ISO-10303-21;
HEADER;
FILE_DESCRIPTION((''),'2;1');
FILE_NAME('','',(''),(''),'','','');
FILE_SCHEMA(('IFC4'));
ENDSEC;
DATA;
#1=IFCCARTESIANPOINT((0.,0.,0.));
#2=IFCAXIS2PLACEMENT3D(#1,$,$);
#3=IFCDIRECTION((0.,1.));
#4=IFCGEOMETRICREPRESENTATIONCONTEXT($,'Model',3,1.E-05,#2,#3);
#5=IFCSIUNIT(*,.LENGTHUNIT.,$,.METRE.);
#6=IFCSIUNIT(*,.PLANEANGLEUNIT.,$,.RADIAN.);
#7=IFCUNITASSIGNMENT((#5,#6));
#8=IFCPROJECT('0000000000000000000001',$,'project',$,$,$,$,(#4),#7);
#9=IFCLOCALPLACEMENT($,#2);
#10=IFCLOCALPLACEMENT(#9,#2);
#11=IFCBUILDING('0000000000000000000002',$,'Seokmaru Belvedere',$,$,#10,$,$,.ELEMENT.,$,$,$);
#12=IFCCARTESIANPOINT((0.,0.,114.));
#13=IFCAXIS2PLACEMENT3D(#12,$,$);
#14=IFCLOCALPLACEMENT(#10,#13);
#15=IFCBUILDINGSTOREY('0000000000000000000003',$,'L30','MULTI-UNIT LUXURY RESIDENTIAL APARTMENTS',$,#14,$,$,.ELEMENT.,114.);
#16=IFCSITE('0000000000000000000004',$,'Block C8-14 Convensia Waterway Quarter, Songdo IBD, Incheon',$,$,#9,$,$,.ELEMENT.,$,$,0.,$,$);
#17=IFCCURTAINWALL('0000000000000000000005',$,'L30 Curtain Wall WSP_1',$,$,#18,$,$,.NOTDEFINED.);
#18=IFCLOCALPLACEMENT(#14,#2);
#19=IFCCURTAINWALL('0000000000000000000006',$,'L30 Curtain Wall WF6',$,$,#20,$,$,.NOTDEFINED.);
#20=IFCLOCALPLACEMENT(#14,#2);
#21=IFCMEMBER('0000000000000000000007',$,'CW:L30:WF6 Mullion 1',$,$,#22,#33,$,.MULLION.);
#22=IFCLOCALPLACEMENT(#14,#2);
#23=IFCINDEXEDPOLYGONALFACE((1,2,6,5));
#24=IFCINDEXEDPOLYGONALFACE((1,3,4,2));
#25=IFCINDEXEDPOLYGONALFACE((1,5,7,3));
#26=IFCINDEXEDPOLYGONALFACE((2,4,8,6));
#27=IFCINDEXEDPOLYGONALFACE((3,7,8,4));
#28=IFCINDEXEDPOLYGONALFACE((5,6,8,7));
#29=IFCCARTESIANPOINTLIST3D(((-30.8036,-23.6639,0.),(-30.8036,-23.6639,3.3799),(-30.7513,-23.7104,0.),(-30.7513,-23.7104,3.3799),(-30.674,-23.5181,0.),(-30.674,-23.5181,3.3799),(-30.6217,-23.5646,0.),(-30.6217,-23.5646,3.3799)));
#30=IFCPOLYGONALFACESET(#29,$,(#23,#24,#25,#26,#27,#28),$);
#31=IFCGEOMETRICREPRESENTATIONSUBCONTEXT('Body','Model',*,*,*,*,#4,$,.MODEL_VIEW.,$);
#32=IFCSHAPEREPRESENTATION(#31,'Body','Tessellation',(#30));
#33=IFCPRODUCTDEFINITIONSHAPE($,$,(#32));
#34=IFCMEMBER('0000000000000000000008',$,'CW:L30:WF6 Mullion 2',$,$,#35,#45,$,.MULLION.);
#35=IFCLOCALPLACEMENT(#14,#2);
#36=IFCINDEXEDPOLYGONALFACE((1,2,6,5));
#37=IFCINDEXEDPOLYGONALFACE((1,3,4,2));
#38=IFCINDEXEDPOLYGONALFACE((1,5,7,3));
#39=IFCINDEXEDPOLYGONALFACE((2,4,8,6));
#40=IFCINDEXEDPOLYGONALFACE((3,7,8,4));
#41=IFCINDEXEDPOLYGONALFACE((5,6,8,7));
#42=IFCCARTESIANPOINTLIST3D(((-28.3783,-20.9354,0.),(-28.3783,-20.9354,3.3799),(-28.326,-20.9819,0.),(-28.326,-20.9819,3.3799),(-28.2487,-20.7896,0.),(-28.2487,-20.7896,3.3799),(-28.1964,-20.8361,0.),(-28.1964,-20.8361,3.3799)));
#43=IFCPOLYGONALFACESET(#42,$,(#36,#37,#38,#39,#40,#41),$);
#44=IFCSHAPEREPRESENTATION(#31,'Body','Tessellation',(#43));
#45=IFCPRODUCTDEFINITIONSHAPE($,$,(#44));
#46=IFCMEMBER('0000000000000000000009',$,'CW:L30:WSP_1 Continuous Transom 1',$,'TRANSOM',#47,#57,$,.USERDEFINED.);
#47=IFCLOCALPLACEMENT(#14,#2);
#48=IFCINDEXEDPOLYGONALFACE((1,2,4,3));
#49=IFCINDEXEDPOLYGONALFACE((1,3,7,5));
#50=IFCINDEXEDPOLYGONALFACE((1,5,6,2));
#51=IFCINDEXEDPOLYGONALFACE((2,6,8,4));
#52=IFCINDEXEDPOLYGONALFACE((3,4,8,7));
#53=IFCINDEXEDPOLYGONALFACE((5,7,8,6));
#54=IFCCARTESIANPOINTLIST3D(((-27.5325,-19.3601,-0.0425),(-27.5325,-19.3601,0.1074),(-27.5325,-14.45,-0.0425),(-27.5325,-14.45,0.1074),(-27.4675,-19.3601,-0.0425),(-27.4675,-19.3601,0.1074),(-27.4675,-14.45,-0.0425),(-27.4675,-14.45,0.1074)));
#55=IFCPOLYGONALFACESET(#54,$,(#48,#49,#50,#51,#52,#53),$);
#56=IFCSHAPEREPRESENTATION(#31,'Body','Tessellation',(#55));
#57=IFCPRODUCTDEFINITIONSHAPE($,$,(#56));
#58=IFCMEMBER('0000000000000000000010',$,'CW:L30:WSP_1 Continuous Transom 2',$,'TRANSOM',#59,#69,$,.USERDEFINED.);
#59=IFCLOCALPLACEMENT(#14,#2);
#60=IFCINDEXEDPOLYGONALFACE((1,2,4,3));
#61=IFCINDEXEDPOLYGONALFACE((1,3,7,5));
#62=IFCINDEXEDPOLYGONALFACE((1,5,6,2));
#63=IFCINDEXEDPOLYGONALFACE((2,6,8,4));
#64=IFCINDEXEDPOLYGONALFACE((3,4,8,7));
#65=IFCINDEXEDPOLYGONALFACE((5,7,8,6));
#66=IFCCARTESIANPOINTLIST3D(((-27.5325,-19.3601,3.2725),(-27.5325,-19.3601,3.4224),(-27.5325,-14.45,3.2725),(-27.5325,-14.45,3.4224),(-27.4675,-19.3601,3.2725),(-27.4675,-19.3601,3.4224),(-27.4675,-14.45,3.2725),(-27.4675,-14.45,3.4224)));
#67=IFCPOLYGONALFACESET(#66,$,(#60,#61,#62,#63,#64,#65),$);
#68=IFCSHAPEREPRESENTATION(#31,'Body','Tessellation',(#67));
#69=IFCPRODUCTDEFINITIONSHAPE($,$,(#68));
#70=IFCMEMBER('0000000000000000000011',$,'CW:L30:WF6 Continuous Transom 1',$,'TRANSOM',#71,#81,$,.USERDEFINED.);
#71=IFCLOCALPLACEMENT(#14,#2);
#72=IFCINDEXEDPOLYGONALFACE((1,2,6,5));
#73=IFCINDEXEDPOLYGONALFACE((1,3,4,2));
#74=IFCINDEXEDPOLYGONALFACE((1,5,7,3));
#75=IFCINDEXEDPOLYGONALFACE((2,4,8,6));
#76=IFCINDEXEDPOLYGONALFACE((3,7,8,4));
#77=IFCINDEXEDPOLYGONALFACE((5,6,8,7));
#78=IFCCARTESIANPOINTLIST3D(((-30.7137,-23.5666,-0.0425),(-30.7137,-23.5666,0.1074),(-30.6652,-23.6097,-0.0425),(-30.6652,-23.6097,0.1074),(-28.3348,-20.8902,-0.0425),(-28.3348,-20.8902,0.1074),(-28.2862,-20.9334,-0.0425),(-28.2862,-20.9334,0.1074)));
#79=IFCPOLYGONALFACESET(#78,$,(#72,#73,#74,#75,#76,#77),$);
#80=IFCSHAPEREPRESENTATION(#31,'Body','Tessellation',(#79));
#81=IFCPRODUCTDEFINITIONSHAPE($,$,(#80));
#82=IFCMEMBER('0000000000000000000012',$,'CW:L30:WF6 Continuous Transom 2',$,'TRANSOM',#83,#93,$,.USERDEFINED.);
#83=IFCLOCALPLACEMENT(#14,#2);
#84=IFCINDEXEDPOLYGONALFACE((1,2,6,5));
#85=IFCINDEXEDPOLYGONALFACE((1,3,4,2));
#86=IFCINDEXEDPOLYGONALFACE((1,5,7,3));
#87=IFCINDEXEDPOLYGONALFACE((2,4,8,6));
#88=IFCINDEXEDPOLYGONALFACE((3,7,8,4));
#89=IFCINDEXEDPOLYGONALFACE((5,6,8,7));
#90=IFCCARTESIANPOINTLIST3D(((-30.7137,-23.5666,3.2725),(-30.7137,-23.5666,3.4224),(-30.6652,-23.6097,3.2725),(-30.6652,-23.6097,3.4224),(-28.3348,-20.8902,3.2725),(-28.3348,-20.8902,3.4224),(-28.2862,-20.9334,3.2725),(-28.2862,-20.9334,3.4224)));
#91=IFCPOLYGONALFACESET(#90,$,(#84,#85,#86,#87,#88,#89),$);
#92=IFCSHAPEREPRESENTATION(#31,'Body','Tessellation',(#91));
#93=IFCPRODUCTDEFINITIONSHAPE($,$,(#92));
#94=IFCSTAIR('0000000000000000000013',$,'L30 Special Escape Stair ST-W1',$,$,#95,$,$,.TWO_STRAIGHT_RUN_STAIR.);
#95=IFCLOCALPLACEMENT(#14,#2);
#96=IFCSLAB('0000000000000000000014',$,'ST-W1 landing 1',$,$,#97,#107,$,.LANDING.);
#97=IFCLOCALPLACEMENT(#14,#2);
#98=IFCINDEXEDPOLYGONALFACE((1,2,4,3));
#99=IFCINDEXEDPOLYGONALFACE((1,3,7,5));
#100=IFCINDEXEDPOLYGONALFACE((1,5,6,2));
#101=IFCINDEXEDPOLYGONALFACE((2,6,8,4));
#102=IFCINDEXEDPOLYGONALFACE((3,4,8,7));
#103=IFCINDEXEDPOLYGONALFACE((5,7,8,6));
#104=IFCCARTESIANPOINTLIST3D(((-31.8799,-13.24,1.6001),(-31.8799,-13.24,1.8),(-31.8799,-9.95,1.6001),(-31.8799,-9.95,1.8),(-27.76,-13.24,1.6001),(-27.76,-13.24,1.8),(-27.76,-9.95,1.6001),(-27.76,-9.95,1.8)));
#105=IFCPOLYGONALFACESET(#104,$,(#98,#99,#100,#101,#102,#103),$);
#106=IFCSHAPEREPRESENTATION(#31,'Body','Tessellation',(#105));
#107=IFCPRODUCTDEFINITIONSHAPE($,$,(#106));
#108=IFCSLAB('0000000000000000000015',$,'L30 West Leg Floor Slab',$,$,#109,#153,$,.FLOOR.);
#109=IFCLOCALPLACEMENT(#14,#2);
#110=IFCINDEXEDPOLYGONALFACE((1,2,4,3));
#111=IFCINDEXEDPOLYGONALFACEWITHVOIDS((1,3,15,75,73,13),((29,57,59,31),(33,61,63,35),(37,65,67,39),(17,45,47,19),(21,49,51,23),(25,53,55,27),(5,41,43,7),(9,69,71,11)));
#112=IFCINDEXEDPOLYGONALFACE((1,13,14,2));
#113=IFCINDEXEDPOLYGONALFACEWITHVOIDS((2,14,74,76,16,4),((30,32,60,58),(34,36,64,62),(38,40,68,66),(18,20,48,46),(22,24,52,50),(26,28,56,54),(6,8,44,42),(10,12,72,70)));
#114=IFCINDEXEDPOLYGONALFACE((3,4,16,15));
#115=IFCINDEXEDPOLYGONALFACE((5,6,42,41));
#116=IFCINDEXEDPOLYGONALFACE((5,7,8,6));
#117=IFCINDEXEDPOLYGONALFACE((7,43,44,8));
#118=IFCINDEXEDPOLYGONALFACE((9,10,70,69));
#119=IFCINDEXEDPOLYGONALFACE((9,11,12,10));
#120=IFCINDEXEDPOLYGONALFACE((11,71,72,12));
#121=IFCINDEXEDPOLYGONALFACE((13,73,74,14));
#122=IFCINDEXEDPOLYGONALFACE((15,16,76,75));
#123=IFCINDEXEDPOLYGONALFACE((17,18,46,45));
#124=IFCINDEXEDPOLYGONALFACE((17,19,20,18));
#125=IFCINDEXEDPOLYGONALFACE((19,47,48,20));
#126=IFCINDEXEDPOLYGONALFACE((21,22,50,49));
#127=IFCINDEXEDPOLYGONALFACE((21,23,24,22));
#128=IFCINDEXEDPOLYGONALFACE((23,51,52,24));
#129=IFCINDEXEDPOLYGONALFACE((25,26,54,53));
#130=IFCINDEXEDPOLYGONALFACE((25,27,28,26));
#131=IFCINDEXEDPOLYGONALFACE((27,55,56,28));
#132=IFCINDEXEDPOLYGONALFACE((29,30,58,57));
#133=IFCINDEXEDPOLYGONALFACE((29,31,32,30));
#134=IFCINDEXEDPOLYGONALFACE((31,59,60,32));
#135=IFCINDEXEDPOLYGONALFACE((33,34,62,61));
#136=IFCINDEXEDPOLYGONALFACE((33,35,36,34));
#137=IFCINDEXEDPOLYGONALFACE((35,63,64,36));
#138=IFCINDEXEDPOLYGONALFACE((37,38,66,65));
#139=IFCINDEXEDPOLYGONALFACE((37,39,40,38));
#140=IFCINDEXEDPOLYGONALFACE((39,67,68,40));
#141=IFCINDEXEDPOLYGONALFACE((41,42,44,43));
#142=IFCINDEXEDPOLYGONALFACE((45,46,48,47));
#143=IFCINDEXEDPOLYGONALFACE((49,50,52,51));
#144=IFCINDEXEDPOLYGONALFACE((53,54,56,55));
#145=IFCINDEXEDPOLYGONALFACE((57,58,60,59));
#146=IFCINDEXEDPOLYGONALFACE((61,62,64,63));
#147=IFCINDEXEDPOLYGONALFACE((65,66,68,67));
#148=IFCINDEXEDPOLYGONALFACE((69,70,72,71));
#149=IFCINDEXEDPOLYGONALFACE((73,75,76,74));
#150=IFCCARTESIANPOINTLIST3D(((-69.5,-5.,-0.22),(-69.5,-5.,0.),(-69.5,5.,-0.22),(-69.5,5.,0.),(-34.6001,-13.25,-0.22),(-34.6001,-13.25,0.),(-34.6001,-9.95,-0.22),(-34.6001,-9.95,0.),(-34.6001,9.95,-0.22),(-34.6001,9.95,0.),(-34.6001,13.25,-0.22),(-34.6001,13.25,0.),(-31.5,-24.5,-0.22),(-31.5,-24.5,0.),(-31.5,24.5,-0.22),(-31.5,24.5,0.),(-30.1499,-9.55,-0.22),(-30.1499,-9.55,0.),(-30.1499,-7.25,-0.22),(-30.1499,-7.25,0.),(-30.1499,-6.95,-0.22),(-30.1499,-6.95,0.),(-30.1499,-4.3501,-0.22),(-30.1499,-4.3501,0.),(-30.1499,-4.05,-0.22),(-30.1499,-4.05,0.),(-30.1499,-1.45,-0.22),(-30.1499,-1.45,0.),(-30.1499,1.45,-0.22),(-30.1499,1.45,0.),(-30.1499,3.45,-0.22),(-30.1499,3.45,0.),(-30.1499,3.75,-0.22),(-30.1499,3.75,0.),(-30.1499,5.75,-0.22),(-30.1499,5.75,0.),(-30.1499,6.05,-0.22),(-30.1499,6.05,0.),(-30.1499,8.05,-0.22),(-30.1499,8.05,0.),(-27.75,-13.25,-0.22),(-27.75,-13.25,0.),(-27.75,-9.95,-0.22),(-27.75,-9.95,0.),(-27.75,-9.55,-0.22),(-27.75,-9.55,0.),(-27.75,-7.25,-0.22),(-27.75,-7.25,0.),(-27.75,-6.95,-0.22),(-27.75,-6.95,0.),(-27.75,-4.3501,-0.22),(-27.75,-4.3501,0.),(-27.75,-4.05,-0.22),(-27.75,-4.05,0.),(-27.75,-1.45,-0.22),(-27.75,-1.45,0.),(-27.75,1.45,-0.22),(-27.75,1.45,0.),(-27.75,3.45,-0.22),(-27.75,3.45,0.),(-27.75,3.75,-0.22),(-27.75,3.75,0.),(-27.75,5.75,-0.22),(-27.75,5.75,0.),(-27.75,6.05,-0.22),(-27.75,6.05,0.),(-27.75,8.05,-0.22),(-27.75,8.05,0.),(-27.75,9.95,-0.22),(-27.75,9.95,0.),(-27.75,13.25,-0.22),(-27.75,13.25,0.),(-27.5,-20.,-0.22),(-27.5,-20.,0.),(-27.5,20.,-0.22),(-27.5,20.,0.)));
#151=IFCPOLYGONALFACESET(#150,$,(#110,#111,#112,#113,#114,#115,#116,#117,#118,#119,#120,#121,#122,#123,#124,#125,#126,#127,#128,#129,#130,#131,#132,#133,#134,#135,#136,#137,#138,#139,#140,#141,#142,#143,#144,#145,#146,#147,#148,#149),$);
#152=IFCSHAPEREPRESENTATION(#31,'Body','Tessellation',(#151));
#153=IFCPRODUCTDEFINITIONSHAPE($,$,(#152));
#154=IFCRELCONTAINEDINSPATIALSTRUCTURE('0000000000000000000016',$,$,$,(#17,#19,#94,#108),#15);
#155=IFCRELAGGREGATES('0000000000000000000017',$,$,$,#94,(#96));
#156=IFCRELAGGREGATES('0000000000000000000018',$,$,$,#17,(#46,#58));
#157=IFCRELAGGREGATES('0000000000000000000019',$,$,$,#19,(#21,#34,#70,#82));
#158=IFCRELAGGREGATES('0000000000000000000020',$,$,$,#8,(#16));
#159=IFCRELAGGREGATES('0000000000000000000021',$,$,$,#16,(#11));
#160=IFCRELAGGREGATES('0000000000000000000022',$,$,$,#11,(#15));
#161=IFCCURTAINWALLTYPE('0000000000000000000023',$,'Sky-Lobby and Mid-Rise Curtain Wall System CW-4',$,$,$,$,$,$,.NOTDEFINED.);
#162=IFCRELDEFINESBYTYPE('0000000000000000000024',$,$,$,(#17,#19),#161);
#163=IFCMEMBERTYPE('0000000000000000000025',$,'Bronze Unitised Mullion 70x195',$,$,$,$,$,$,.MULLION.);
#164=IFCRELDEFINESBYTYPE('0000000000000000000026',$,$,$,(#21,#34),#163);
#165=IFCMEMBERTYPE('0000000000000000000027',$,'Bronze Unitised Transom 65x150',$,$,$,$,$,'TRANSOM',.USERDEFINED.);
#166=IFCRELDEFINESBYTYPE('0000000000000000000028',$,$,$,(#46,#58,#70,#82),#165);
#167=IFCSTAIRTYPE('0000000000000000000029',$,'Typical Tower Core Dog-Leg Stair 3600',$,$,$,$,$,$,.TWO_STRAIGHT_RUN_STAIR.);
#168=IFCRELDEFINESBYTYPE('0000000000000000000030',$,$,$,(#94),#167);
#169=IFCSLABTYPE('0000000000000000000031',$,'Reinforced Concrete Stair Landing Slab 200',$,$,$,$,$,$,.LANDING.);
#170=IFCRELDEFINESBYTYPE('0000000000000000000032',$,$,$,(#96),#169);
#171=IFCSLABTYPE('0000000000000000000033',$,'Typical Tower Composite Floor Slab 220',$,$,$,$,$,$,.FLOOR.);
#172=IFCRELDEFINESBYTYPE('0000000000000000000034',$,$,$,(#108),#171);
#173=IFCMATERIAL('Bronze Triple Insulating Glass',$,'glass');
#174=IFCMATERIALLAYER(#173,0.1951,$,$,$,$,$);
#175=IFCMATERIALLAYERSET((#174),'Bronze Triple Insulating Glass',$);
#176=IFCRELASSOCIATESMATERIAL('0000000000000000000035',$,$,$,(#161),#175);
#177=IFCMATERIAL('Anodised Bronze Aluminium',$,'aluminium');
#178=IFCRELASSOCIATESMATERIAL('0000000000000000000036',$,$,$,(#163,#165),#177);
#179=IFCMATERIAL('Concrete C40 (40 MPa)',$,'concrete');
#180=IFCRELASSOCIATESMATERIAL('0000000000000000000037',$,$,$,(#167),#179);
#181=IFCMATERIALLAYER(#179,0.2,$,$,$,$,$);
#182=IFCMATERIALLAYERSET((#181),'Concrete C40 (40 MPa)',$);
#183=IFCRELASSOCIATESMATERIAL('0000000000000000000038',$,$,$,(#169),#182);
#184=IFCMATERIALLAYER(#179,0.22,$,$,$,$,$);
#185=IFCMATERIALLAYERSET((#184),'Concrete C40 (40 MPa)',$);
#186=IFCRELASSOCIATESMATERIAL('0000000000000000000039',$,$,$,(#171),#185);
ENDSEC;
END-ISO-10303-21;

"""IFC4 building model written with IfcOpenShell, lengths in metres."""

from ifc_helpers import new_model, si_unit, direction, frame, origin, origin_2d, place, context, subcontext, project, spatial, polyline, rectangle, outline, extrude, source, transform, mapped, material, layer, layer_set, material_profile, profile_set, type_object, type_shapes, element, aggregate, save


model = new_model("IFC4")

# Units and contexts
model_context = context("Model", 3, precision=1e-05, world=origin(), true_north=direction((0.0, 1.0)))
body_context = subcontext(model_context, "Body", "Model", "MODEL_VIEW")
ifc_project = project(units=[si_unit("LENGTHUNIT", "METRE"), si_unit("PLANEANGLEUNIT", "RADIAN")], contexts=[model_context])

# Site, building, storey
site_placement = place(None, origin())
site = spatial("IfcSite", under=ifc_project, at=site_placement, Name="Block C8-14 Convensia Waterway Quarter, Songdo IBD, Incheon", CompositionType="ELEMENT", RefElevation=0.0)
building_placement = place(site_placement, origin())
building = spatial("IfcBuilding", under=site, at=building_placement, Name="Seokmaru Belvedere", CompositionType="ELEMENT")
storey_placement = place(building_placement, frame((0.0, 0.0, 114.0)))
storey = spatial("IfcBuildingStorey", under=building, at=storey_placement, Name="L30", Description="MULTI-UNIT LUXURY RESIDENTIAL APARTMENTS", CompositionType="ELEMENT", Elevation=114.0)

# Curtain walls, members
ifc_material_1 = material(Name="Bronze Triple Insulating Glass", Category="glass")
ifc_layer_1 = layer(ifc_material_1, 0.1951)
ifc_layer_set_1 = layer_set([ifc_layer_1], Name="Bronze Triple Insulating Glass")
curtain_wall_type = type_object("IfcCurtainWallType", Name="Sky-Lobby and Mid-Rise Curtain Wall System CW-4", PredefinedType="NOTDEFINED", material=ifc_layer_set_1)
curtain_wall_1_placement = place(storey_placement, origin())
curtain_wall_1 = element("IfcCurtainWall", 1, at=curtain_wall_1_placement, inside=storey, type_object=curtain_wall_type, Name="L30 Curtain Wall WSP_1", PredefinedType="NOTDEFINED")
ifc_material_2 = material(Name="Anodised Bronze Aluminium", Category="aluminium")
ifc_material_profile_1 = material_profile(ifc_material_2, rectangle(XDim=0.0701, YDim=0.1951, at=origin_2d()), Name="CW-M-70x195")
ifc_profile_set_1 = profile_set([ifc_material_profile_1], Name="Anodised Bronze Aluminium")
member_type_1 = type_object("IfcMemberType", Name="Bronze Unitised Mullion 70x195", PredefinedType="MULLION", material=ifc_profile_set_1)
shared_shape_1 = source(origin(), body_context, "Body", "SweptSolid", [
    extrude(rectangle(XDim=0.0701, YDim=0.1951, at=origin_2d()), origin(), (0.0, 0.0, 1.0), 3.3799),
])
type_shapes(member_type_1, [shared_shape_1])
curtain_wall_2_placement = place(storey_placement, origin())
curtain_wall_2 = element("IfcCurtainWall", 2, at=curtain_wall_2_placement, inside=storey, type_object=curtain_wall_type, Name="L30 Curtain Wall WF6", PredefinedType="NOTDEFINED")
member_1_placement = place(storey_placement, frame((-30.7126, -23.6143, 0.0), z_axis=(0.0, 0.0, 1.0), x_axis=(-0.74741, 0.664363, 0.0)))
member_1 = element("IfcMember", 3, at=member_1_placement, type_object=member_type_1, Name="CW:L30:WF6 Mullion 1", PredefinedType="MULLION", context=body_context, shape_type="MappedRepresentation", body=[
    mapped(shared_shape_1, transform((0.0, 0.0, 0.0), scale=1.0)),
])
member_2_placement = place(storey_placement, frame((-28.2874, -20.8857, 0.0), z_axis=(0.0, 0.0, 1.0), x_axis=(-0.74741, 0.664363, 0.0)))
member_2 = element("IfcMember", 4, at=member_2_placement, type_object=member_type_1, Name="CW:L30:WF6 Mullion 2", PredefinedType="MULLION", context=body_context, shape_type="MappedRepresentation", body=[
    mapped(shared_shape_1, transform((0.0, 0.0, 0.0), scale=1.0)),
])

# Members
ifc_material_profile_2 = material_profile(ifc_material_2, rectangle(XDim=0.0649, YDim=0.1499, at=origin_2d()), Name="CW-T-65x150")
ifc_profile_set_2 = profile_set([ifc_material_profile_2], Name="Anodised Bronze Aluminium")
member_type_2 = type_object("IfcMemberType", Name="Bronze Unitised Transom 65x150", ElementType="TRANSOM", PredefinedType="USERDEFINED", material=ifc_profile_set_2)
shared_shape_2 = source(origin(), body_context, "Body", "SweptSolid", [
    extrude(rectangle(XDim=0.0649, YDim=0.1499, at=origin_2d()), origin(), (0.0, 0.0, 1.0), 4.9102),
])
member_3_placement = place(storey_placement, frame((-27.5, -19.3601, 0.0325), z_axis=(0.0, 1.0, 0.0), x_axis=(-1.0, 0.0, 0.0)))
member_3 = element("IfcMember", 5, at=member_3_placement, type_object=member_type_2, Name="CW:L30:WSP_1 Continuous Transom 1", ObjectType="TRANSOM", PredefinedType="USERDEFINED", context=body_context, shape_type="MappedRepresentation", body=[
    mapped(shared_shape_2, transform((0.0, 0.0, 0.0), scale=1.0)),
])
member_4_placement = place(storey_placement, frame((-27.5, -19.3601, 3.3474), z_axis=(0.0, 1.0, 0.0), x_axis=(-1.0, 0.0, 0.0)))
member_4 = element("IfcMember", 6, at=member_4_placement, type_object=member_type_2, Name="CW:L30:WSP_1 Continuous Transom 2", ObjectType="TRANSOM", PredefinedType="USERDEFINED", context=body_context, shape_type="MappedRepresentation", body=[
    mapped(shared_shape_2, transform((0.0, 0.0, 0.0), scale=1.0)),
])
shared_shape_3 = source(origin(), body_context, "Body", "SweptSolid", [
    extrude(rectangle(XDim=0.0649, YDim=0.1499, at=origin_2d()), origin(), (0.0, 0.0, 1.0), 3.5808),
])
type_shapes(member_type_2, [shared_shape_2, shared_shape_3])
member_5_placement = place(storey_placement, frame((-30.6895, -23.5881, 0.0325), z_axis=(0.664364, 0.747409, 0.0), x_axis=(-0.747409, 0.664364, 0.0)))
member_5 = element("IfcMember", 7, at=member_5_placement, type_object=member_type_2, Name="CW:L30:WF6 Continuous Transom 1", ObjectType="TRANSOM", PredefinedType="USERDEFINED", context=body_context, shape_type="MappedRepresentation", body=[
    mapped(shared_shape_3, transform((0.0, 0.0, 0.0), scale=1.0)),
])
member_6_placement = place(storey_placement, frame((-30.6895, -23.5881, 3.3474), z_axis=(0.664364, 0.747409, 0.0), x_axis=(-0.747409, 0.664364, 0.0)))
member_6 = element("IfcMember", 8, at=member_6_placement, type_object=member_type_2, Name="CW:L30:WF6 Continuous Transom 2", ObjectType="TRANSOM", PredefinedType="USERDEFINED", context=body_context, shape_type="MappedRepresentation", body=[
    mapped(shared_shape_3, transform((0.0, 0.0, 0.0), scale=1.0)),
])

# Stair, slab
ifc_material_3 = material(Name="Concrete C40 (40 MPa)", Category="concrete")
stair_type = type_object("IfcStairType", Name="Typical Tower Core Dog-Leg Stair 3600", PredefinedType="TWO_STRAIGHT_RUN_STAIR", material=ifc_material_3)
stair_placement = place(storey_placement, origin())
stair = element("IfcStair", 9, at=stair_placement, inside=storey, type_object=stair_type, Name="L30 Special Escape Stair ST-W1", PredefinedType="TWO_STRAIGHT_RUN_STAIR")
ifc_layer_2 = layer(ifc_material_3, 0.2)
ifc_layer_set_2 = layer_set([ifc_layer_2], Name="Concrete C40 (40 MPa)")
slab_type_1 = type_object("IfcSlabType", Name="Reinforced Concrete Stair Landing Slab 200", PredefinedType="LANDING", material=ifc_layer_set_2)
slab_1_placement = place(storey_placement, frame((0.0, 0.0, 1.6001)))
slab_1 = element("IfcSlab", 10, at=slab_1_placement, type_object=slab_type_1, Name="ST-W1 landing 1", PredefinedType="LANDING", context=body_context, shape_type="SweptSolid", body=[
    extrude(outline(polyline([(-31.8799, -13.24), (-27.76, -13.24), (-27.76, -9.95), (-31.8799, -9.95), (-31.8799, -13.24)])), origin(), (0.0, 0.0, 1.0), 0.2),
])
aggregate(stair, [slab_1])

# Slab
ifc_layer_3 = layer(ifc_material_3, 0.22)
ifc_layer_set_3 = layer_set([ifc_layer_3], Name="Concrete C40 (40 MPa)")
slab_type_2 = type_object("IfcSlabType", Name="Typical Tower Composite Floor Slab 220", PredefinedType="FLOOR", material=ifc_layer_set_3)
slab_2_placement = place(storey_placement, frame((0.0, 0.0, -0.22)))
element("IfcSlab", 11, at=slab_2_placement, inside=storey, type_object=slab_type_2, Name="L30 West Leg Floor Slab", PredefinedType="FLOOR", context=body_context, shape_type="SweptSolid", body=[
    extrude(outline(polyline([(-27.5, -20.0), (-27.5, 20.0), (-31.5, 24.5), (-69.5, 5.0), (-69.5, -5.0), (-31.5, -24.5), (-27.5, -20.0)]), holes=[polyline([(-34.6001, -13.25), (-27.75, -13.25), (-27.75, -9.95), (-34.6001, -9.95), (-34.6001, -13.25)]), polyline([(-34.6001, 9.95), (-27.75, 9.95), (-27.75, 13.25), (-34.6001, 13.25), (-34.6001, 9.95)]), polyline([(-30.1499, -9.55), (-27.75, -9.55), (-27.75, -7.25), (-30.1499, -7.25), (-30.1499, -9.55)]), polyline([(-30.1499, -6.95), (-27.75, -6.95), (-27.75, -4.3501), (-30.1499, -4.3501), (-30.1499, -6.95)]), polyline([(-30.1499, -4.05), (-27.75, -4.05), (-27.75, -1.45), (-30.1499, -1.45), (-30.1499, -4.05)]), polyline([(-30.1499, 1.45), (-27.75, 1.45), (-27.75, 3.45), (-30.1499, 3.45), (-30.1499, 1.45)]), polyline([(-30.1499, 3.75), (-27.75, 3.75), (-27.75, 5.75), (-30.1499, 5.75), (-30.1499, 3.75)]), polyline([(-30.1499, 6.05), (-27.75, 6.05), (-27.75, 8.05), (-30.1499, 8.05), (-30.1499, 6.05)])]), origin(), (0.0, 0.0, 1.0), 0.22),
])

aggregate(curtain_wall_1, [member_3, member_4])
aggregate(curtain_wall_2, [member_1, member_2, member_5, member_6])

save(model, "model.ifc")
